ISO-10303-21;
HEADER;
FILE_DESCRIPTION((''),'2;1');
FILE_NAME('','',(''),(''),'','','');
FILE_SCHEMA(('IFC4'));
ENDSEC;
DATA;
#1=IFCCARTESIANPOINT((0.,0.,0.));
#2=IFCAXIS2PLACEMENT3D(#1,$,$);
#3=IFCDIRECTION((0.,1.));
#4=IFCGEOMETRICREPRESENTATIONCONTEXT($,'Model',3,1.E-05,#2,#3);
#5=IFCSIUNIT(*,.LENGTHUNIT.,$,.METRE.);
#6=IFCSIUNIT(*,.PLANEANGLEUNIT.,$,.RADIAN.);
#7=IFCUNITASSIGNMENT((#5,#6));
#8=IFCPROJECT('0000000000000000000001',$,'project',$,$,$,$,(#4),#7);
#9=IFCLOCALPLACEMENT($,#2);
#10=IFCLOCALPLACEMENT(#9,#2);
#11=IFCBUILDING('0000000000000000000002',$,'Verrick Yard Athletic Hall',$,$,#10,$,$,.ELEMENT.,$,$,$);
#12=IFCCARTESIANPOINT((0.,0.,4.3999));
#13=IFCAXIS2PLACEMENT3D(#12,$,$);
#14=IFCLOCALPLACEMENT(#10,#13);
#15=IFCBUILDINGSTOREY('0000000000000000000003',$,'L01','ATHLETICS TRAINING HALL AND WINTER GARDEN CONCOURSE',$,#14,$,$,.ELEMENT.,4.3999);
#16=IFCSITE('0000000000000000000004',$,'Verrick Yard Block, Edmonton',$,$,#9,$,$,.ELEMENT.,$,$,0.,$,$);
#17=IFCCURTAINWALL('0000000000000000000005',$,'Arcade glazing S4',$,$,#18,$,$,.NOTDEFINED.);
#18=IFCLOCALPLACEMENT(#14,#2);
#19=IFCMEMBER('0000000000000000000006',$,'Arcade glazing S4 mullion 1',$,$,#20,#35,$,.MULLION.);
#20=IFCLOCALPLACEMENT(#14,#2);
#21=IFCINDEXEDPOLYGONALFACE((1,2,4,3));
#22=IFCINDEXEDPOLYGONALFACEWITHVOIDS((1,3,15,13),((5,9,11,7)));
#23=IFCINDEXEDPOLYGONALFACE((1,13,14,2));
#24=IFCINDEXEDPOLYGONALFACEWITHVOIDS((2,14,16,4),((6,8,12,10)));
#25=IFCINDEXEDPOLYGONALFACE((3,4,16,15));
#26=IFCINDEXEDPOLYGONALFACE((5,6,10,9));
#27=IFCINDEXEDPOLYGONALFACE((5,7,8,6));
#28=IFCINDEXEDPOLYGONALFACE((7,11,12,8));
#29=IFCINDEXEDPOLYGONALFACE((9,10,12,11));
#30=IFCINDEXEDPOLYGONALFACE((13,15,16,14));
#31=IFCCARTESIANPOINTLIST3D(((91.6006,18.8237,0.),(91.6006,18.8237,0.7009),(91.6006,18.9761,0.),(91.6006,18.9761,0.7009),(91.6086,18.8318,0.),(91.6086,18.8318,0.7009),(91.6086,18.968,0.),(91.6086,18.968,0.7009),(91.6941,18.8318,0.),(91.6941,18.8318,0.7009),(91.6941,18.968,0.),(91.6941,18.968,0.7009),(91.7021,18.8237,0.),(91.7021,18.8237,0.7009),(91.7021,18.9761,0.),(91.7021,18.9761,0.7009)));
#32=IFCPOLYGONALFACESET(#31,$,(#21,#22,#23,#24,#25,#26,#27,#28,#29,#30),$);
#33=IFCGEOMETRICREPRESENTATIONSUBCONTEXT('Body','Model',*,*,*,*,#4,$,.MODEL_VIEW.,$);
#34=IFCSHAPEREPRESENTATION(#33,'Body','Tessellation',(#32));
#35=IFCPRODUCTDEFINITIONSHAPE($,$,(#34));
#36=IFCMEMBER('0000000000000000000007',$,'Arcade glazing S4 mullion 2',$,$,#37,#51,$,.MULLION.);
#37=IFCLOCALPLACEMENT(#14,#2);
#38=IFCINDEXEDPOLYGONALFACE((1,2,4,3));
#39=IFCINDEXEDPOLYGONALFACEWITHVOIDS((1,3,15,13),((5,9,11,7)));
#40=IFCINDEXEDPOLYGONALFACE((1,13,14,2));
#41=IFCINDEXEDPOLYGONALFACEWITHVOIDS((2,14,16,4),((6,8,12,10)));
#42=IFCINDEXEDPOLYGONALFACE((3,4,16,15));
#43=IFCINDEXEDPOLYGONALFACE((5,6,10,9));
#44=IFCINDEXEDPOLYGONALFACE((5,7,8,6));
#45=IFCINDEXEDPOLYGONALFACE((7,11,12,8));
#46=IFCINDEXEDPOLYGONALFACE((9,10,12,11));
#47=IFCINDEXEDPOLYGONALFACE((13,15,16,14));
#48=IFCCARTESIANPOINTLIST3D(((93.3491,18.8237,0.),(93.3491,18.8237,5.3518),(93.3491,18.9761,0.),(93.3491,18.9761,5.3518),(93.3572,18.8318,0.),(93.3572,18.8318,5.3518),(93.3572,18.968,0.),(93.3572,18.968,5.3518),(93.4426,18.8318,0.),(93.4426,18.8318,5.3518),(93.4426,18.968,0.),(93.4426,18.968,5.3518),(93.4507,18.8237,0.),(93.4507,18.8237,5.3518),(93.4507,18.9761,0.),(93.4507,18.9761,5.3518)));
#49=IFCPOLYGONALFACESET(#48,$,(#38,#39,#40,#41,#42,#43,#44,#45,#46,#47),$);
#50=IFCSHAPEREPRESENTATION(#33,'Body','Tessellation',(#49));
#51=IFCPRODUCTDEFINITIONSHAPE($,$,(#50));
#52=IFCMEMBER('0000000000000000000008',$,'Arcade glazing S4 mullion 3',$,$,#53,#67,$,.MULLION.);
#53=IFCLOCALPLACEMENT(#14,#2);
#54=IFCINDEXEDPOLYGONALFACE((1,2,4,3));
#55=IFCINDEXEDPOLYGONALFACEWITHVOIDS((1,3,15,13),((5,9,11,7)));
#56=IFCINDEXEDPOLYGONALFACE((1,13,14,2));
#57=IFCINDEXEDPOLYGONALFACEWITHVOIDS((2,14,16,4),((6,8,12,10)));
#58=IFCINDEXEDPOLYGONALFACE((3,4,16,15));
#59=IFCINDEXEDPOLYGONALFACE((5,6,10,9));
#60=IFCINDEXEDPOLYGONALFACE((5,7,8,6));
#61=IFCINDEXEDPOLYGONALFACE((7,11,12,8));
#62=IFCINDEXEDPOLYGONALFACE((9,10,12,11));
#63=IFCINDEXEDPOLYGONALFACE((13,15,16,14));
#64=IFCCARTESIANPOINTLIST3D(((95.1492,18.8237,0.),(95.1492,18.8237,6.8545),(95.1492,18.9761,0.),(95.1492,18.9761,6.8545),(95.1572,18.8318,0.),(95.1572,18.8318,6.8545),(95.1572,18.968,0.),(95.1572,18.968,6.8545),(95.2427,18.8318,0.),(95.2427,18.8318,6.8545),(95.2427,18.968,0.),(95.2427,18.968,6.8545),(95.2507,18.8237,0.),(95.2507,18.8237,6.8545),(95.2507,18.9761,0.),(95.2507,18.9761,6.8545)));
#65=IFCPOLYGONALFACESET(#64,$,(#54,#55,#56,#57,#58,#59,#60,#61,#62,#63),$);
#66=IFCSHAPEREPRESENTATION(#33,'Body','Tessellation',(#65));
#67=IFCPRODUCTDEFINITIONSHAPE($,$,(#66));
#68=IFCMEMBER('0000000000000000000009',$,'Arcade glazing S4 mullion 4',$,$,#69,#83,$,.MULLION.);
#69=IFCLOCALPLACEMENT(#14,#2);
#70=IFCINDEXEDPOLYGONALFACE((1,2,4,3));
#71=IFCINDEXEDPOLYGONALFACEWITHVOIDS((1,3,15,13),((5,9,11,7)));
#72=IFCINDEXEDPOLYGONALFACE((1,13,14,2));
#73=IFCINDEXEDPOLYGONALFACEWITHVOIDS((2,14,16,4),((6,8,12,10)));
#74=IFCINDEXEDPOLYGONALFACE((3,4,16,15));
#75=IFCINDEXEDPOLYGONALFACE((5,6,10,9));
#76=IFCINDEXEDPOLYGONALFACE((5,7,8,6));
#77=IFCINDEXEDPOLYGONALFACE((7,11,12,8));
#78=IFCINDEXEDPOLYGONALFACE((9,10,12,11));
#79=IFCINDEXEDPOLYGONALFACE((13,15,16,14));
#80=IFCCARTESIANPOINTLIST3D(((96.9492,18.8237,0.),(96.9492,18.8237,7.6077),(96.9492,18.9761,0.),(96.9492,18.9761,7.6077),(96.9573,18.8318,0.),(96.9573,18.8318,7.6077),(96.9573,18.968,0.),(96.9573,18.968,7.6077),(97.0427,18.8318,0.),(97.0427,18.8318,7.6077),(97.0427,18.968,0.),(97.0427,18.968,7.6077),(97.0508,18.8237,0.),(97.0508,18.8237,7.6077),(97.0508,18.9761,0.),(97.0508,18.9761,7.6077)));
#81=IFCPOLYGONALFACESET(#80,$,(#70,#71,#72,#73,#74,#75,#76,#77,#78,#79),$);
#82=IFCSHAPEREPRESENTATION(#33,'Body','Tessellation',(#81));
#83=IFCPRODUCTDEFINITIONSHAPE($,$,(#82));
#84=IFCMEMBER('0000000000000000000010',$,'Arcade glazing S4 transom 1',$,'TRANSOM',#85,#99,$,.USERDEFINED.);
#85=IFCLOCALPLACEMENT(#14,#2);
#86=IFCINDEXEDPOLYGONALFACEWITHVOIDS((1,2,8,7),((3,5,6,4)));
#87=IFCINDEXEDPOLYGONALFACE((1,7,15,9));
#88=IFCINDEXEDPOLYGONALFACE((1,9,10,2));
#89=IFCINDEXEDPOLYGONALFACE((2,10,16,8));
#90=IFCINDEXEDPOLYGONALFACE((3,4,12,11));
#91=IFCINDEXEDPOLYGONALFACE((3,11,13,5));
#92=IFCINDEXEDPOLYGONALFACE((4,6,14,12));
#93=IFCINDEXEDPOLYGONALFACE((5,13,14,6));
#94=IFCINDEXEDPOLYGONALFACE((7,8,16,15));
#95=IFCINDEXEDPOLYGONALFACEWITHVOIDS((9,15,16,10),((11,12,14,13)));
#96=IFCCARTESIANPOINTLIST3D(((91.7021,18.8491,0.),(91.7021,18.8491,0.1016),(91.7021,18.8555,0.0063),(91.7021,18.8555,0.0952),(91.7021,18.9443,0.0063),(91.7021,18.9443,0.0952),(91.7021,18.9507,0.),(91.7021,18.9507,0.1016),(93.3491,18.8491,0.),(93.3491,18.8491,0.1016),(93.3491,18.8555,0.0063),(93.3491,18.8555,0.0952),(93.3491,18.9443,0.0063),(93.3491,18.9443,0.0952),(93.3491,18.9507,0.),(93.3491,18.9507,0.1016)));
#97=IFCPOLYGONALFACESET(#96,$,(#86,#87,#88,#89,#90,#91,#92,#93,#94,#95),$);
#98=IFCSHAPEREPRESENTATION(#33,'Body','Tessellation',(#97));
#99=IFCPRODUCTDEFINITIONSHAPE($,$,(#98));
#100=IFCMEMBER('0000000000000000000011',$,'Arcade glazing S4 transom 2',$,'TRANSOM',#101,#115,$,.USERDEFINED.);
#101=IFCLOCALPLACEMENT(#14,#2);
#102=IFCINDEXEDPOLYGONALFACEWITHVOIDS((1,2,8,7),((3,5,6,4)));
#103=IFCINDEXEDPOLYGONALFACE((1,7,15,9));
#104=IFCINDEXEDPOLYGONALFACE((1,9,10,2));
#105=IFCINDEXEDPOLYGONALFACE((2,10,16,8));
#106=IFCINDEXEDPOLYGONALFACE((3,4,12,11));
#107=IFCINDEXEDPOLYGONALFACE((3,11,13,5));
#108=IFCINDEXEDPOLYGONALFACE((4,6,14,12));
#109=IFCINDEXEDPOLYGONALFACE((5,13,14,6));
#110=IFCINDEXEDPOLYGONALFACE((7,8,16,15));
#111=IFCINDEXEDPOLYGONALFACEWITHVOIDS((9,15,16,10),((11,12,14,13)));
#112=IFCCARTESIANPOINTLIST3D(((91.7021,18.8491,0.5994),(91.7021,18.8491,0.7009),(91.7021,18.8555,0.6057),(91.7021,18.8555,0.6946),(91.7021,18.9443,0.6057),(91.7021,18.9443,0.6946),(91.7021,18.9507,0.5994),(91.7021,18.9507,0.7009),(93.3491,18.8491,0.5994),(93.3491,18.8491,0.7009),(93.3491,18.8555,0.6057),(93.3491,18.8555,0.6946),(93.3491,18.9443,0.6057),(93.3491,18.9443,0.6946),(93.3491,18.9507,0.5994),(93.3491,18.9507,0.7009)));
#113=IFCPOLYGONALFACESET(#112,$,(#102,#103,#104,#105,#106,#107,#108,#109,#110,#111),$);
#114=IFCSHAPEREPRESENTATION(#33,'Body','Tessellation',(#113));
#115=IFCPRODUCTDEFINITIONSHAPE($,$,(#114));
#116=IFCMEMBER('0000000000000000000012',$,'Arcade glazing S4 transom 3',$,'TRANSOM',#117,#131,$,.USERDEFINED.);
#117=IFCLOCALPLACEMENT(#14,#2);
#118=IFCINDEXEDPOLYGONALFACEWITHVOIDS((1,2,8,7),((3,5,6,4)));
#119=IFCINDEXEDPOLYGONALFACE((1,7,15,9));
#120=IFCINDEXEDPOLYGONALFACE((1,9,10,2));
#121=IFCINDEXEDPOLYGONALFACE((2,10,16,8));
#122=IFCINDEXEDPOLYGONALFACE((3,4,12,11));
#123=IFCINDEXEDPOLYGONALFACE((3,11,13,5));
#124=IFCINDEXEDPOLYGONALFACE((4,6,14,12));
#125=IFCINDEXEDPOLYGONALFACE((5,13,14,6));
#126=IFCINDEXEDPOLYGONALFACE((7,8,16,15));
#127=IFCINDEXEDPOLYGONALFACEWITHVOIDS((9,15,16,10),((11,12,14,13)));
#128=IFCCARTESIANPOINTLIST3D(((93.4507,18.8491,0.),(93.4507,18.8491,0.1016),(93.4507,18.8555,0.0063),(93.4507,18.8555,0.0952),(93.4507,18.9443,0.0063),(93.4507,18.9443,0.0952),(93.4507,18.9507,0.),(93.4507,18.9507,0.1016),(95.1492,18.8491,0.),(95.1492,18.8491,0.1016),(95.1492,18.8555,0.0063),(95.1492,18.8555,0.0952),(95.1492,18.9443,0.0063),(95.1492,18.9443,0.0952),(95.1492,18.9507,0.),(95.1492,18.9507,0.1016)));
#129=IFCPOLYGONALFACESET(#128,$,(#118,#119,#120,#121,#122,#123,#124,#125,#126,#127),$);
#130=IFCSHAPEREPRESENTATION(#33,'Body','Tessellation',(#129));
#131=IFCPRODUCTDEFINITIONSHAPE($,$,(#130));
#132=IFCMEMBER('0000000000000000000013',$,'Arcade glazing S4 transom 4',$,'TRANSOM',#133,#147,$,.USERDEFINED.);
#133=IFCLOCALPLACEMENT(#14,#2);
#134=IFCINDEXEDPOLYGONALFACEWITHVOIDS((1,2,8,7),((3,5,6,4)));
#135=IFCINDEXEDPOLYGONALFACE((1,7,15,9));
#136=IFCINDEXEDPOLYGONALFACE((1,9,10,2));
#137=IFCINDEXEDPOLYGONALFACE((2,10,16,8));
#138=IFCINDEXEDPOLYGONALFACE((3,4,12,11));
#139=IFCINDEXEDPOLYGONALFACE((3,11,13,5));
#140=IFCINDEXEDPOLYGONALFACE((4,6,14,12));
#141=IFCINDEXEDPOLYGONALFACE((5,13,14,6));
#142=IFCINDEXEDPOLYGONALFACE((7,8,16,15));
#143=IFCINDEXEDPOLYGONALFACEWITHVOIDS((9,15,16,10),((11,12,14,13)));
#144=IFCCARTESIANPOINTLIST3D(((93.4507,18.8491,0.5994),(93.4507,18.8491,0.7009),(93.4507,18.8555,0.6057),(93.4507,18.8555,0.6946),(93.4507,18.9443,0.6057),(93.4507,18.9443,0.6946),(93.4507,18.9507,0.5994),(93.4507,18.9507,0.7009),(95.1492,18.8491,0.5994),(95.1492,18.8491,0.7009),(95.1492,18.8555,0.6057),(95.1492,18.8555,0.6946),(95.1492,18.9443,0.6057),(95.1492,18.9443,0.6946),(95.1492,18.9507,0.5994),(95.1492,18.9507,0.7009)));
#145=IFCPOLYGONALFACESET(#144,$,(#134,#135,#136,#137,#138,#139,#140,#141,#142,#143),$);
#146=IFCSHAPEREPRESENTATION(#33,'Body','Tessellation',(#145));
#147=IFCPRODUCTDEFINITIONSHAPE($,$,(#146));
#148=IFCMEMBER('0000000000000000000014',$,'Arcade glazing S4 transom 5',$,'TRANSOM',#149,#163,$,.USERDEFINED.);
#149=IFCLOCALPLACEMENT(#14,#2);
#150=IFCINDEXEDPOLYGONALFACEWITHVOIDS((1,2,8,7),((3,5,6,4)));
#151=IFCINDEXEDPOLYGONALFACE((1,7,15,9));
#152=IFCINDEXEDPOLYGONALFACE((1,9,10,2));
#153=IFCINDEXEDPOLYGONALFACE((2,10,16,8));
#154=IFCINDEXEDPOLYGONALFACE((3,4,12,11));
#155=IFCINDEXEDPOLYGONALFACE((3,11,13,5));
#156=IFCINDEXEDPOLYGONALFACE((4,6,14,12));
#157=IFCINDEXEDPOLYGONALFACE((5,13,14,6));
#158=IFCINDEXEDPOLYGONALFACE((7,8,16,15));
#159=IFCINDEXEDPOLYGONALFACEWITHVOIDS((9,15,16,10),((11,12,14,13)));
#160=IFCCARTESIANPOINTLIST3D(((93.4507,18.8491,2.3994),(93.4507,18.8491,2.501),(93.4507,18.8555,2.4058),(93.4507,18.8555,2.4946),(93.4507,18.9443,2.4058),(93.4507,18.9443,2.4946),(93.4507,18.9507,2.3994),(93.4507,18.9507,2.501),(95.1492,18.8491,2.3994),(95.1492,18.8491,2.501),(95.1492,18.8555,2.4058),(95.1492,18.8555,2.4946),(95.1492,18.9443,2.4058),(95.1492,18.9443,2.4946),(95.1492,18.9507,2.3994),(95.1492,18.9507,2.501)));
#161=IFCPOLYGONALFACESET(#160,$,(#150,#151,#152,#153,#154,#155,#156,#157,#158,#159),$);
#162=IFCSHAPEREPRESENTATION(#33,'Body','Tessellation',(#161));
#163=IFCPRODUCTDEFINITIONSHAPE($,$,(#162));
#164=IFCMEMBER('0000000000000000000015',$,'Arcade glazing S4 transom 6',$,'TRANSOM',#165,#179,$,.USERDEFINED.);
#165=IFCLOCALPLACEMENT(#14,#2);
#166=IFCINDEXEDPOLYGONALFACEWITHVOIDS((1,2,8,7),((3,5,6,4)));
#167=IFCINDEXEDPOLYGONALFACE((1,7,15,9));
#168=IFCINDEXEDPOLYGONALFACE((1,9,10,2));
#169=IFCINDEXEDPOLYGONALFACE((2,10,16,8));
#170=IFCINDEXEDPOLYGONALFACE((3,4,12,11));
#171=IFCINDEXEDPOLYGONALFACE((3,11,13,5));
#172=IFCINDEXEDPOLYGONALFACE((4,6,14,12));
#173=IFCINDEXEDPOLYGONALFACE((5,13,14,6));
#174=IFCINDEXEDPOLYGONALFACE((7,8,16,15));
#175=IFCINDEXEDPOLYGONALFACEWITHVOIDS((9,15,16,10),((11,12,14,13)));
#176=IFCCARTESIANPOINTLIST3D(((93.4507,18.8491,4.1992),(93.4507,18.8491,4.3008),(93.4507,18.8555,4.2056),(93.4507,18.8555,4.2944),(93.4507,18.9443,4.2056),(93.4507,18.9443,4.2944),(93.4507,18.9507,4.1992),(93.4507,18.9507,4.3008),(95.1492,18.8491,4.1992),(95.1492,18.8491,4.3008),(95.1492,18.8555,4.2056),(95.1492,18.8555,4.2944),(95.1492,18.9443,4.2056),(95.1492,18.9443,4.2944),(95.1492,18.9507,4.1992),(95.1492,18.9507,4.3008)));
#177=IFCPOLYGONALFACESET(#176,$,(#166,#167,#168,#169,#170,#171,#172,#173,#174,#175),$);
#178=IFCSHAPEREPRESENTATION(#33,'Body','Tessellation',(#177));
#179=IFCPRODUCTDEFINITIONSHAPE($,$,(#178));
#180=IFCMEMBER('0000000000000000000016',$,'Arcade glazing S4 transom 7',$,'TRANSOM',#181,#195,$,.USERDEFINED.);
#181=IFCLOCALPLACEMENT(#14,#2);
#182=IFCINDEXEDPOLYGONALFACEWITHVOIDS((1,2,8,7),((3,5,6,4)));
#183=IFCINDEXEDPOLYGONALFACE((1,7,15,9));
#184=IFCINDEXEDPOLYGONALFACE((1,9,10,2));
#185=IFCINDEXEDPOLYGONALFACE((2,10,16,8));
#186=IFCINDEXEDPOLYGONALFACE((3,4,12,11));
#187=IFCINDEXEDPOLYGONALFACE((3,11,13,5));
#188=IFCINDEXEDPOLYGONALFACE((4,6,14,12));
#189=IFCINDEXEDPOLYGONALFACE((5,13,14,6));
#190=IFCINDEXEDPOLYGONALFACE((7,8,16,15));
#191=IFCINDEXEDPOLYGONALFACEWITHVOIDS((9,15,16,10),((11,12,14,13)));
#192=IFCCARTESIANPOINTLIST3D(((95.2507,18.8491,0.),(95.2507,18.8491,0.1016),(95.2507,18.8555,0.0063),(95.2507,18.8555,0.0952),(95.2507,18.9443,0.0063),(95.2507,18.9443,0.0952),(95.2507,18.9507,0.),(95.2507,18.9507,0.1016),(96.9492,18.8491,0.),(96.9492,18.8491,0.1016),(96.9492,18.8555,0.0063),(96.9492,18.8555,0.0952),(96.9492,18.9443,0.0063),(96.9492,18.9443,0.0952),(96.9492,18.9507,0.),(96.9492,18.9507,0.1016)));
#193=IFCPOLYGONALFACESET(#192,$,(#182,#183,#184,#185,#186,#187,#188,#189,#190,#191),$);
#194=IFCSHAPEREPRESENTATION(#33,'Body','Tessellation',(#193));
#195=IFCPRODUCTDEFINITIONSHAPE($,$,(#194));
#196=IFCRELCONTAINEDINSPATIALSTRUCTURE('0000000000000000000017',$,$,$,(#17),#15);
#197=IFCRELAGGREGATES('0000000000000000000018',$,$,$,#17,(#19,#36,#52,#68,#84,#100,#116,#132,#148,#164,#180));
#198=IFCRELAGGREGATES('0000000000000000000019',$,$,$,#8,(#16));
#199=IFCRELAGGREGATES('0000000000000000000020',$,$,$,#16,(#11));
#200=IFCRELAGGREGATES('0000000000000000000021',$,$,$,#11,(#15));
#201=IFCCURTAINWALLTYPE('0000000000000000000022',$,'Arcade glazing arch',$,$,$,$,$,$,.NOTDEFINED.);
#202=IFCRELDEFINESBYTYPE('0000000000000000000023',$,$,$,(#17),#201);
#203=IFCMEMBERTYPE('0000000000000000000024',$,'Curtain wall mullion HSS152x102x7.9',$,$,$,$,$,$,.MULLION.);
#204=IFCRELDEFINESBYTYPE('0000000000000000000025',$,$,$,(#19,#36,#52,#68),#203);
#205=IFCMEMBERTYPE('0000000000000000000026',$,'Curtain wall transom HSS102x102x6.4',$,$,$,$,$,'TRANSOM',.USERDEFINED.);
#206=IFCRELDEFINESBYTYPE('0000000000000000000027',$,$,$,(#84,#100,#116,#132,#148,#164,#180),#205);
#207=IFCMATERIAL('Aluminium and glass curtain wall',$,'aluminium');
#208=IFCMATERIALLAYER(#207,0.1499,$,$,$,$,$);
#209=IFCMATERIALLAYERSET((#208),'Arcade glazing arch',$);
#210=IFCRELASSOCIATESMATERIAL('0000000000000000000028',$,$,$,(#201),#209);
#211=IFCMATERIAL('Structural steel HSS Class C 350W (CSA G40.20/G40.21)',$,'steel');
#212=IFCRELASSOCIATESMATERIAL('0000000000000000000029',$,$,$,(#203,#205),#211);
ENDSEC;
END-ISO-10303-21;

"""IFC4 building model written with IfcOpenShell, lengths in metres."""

from ifc_helpers import new_model, si_unit, direction, frame, origin, origin_2d, place, context, subcontext, project, spatial, hollow_rectangle, extrude, material, layer, layer_set, material_profile, profile_set, type_object, element, aggregate, save


model = new_model("IFC4")

# Units and contexts
model_context = context("Model", 3, precision=1e-05, world=origin(), true_north=direction((0.0, 1.0)))
body_context = subcontext(model_context, "Body", "Model", "MODEL_VIEW")
ifc_project = project(units=[si_unit("LENGTHUNIT", "METRE"), si_unit("PLANEANGLEUNIT", "RADIAN")], contexts=[model_context])

# Site, building, storey
site_placement = place(None, origin())
site = spatial("IfcSite", under=ifc_project, at=site_placement, Name="Verrick Yard Block, Edmonton", CompositionType="ELEMENT", RefElevation=0.0)
building_placement = place(site_placement, origin())
building = spatial("IfcBuilding", under=site, at=building_placement, Name="Verrick Yard Athletic Hall", CompositionType="ELEMENT")
storey_placement = place(building_placement, frame((0.0, 0.0, 4.3999)))
storey = spatial("IfcBuildingStorey", under=building, at=storey_placement, Name="L01", Description="ATHLETICS TRAINING HALL AND WINTER GARDEN CONCOURSE", CompositionType="ELEMENT", Elevation=4.3999)

# Curtain wall, members
ifc_material_1 = material(Name="Aluminium and glass curtain wall", Category="aluminium")
ifc_layer_1 = layer(ifc_material_1, 0.1499)
ifc_layer_set_1 = layer_set([ifc_layer_1], Name="Arcade glazing arch")
curtain_wall_type = type_object("IfcCurtainWallType", Name="Arcade glazing arch", PredefinedType="NOTDEFINED", material=ifc_layer_set_1)
curtain_wall_placement = place(storey_placement, origin())
curtain_wall = element("IfcCurtainWall", 1, at=curtain_wall_placement, inside=storey, type_object=curtain_wall_type, Name="Arcade glazing S4", PredefinedType="NOTDEFINED")
ifc_material_2 = material(Name="Structural steel HSS Class C 350W (CSA G40.20/G40.21)", Category="steel")
ifc_material_profile_1 = material_profile(ifc_material_2, hollow_rectangle(XDim=0.1016, YDim=0.1523, WallThickness=0.0081, at=origin_2d()), Name="HSS152x102x7.9")
ifc_profile_set_1 = profile_set([ifc_material_profile_1], Name="Structural steel HSS Class C 350W (CSA G40.20/G40.21)")
member_type_1 = type_object("IfcMemberType", Name="Curtain wall mullion HSS152x102x7.9", PredefinedType="MULLION", material=ifc_profile_set_1)
member_1_placement = place(storey_placement, frame((91.6514, 18.8999, 0.0), z_axis=(0.0, 0.0, 1.0), x_axis=(1.0, 0.0, 0.0)))
member_1 = element("IfcMember", 2, at=member_1_placement, type_object=member_type_1, Name="Arcade glazing S4 mullion 1", PredefinedType="MULLION", context=body_context, shape_type="SweptSolid", body=[
    extrude(hollow_rectangle(XDim=0.1016, YDim=0.1523, WallThickness=0.0081, at=origin_2d()), origin(), (0.0, 0.0, 1.0), 0.7009),
])
member_2_placement = place(storey_placement, frame((93.3999, 18.8999, 0.0), z_axis=(0.0, 0.0, 1.0), x_axis=(1.0, 0.0, 0.0)))
member_2 = element("IfcMember", 3, at=member_2_placement, type_object=member_type_1, Name="Arcade glazing S4 mullion 2", PredefinedType="MULLION", context=body_context, shape_type="SweptSolid", body=[
    extrude(hollow_rectangle(XDim=0.1016, YDim=0.1523, WallThickness=0.0081, at=origin_2d()), origin(), (0.0, 0.0, 1.0), 5.3518),
])
member_3_placement = place(storey_placement, frame((95.2, 18.8999, 0.0), z_axis=(0.0, 0.0, 1.0), x_axis=(1.0, 0.0, 0.0)))
member_3 = element("IfcMember", 4, at=member_3_placement, type_object=member_type_1, Name="Arcade glazing S4 mullion 3", PredefinedType="MULLION", context=body_context, shape_type="SweptSolid", body=[
    extrude(hollow_rectangle(XDim=0.1016, YDim=0.1523, WallThickness=0.0081, at=origin_2d()), origin(), (0.0, 0.0, 1.0), 6.8545),
])
member_4_placement = place(storey_placement, frame((97.0, 18.8999, 0.0), z_axis=(0.0, 0.0, 1.0), x_axis=(1.0, 0.0, 0.0)))
member_4 = element("IfcMember", 5, at=member_4_placement, type_object=member_type_1, Name="Arcade glazing S4 mullion 4", PredefinedType="MULLION", context=body_context, shape_type="SweptSolid", body=[
    extrude(hollow_rectangle(XDim=0.1016, YDim=0.1523, WallThickness=0.0081, at=origin_2d()), origin(), (0.0, 0.0, 1.0), 7.6077),
])
ifc_material_profile_2 = material_profile(ifc_material_2, hollow_rectangle(XDim=0.1016, YDim=0.1016, WallThickness=0.0063, at=origin_2d()), Name="HSS102x102x6.4")
ifc_profile_set_2 = profile_set([ifc_material_profile_2], Name="Structural steel HSS Class C 350W (CSA G40.20/G40.21)")
member_type_2 = type_object("IfcMemberType", Name="Curtain wall transom HSS102x102x6.4", ElementType="TRANSOM", PredefinedType="USERDEFINED", material=ifc_profile_set_2)
member_5_placement = place(storey_placement, frame((91.7021, 18.8999, 0.0508), z_axis=(1.0, 0.0, 0.0), x_axis=(0.0, 1.0, 0.0)))
member_5 = element("IfcMember", 6, at=member_5_placement, type_object=member_type_2, Name="Arcade glazing S4 transom 1", ObjectType="TRANSOM", PredefinedType="USERDEFINED", context=body_context, shape_type="SweptSolid", body=[
    extrude(hollow_rectangle(XDim=0.1016, YDim=0.1016, WallThickness=0.0063, at=origin_2d()), origin(), (0.0, 0.0, 1.0), 1.647),
])
member_6_placement = place(storey_placement, frame((91.7021, 18.8999, 0.6501), z_axis=(1.0, 0.0, 0.0), x_axis=(0.0, 1.0, 0.0)))
member_6 = element("IfcMember", 7, at=member_6_placement, type_object=member_type_2, Name="Arcade glazing S4 transom 2", ObjectType="TRANSOM", PredefinedType="USERDEFINED", context=body_context, shape_type="SweptSolid", body=[
    extrude(hollow_rectangle(XDim=0.1016, YDim=0.1016, WallThickness=0.0063, at=origin_2d()), origin(), (0.0, 0.0, 1.0), 1.647),
])
member_7_placement = place(storey_placement, frame((93.4507, 18.8999, 0.0508), z_axis=(1.0, 0.0, 0.0), x_axis=(0.0, 1.0, 0.0)))
member_7 = element("IfcMember", 8, at=member_7_placement, type_object=member_type_2, Name="Arcade glazing S4 transom 3", ObjectType="TRANSOM", PredefinedType="USERDEFINED", context=body_context, shape_type="SweptSolid", body=[
    extrude(hollow_rectangle(XDim=0.1016, YDim=0.1016, WallThickness=0.0063, at=origin_2d()), origin(), (0.0, 0.0, 1.0), 1.6985),
])
member_8_placement = place(storey_placement, frame((93.4507, 18.8999, 0.6501), z_axis=(1.0, 0.0, 0.0), x_axis=(0.0, 1.0, 0.0)))
member_8 = element("IfcMember", 9, at=member_8_placement, type_object=member_type_2, Name="Arcade glazing S4 transom 4", ObjectType="TRANSOM", PredefinedType="USERDEFINED", context=body_context, shape_type="SweptSolid", body=[
    extrude(hollow_rectangle(XDim=0.1016, YDim=0.1016, WallThickness=0.0063, at=origin_2d()), origin(), (0.0, 0.0, 1.0), 1.6985),
])
member_9_placement = place(storey_placement, frame((93.4507, 18.8999, 2.4502), z_axis=(1.0, 0.0, 0.0), x_axis=(0.0, 1.0, 0.0)))
member_9 = element("IfcMember", 10, at=member_9_placement, type_object=member_type_2, Name="Arcade glazing S4 transom 5", ObjectType="TRANSOM", PredefinedType="USERDEFINED", context=body_context, shape_type="SweptSolid", body=[
    extrude(hollow_rectangle(XDim=0.1016, YDim=0.1016, WallThickness=0.0063, at=origin_2d()), origin(), (0.0, 0.0, 1.0), 1.6985),
])
member_10_placement = place(storey_placement, frame((93.4507, 18.8999, 4.25), z_axis=(1.0, 0.0, 0.0), x_axis=(0.0, 1.0, 0.0)))
member_10 = element("IfcMember", 11, at=member_10_placement, type_object=member_type_2, Name="Arcade glazing S4 transom 6", ObjectType="TRANSOM", PredefinedType="USERDEFINED", context=body_context, shape_type="SweptSolid", body=[
    extrude(hollow_rectangle(XDim=0.1016, YDim=0.1016, WallThickness=0.0063, at=origin_2d()), origin(), (0.0, 0.0, 1.0), 1.6985),
])
member_11_placement = place(storey_placement, frame((95.2507, 18.8999, 0.0508), z_axis=(1.0, 0.0, 0.0), x_axis=(0.0, 1.0, 0.0)))
member_11 = element("IfcMember", 12, at=member_11_placement, type_object=member_type_2, Name="Arcade glazing S4 transom 7", ObjectType="TRANSOM", PredefinedType="USERDEFINED", context=body_context, shape_type="SweptSolid", body=[
    extrude(hollow_rectangle(XDim=0.1016, YDim=0.1016, WallThickness=0.0063, at=origin_2d()), origin(), (0.0, 0.0, 1.0), 1.6985),
])
aggregate(curtain_wall, [member_1, member_2, member_3, member_4, member_5, member_6, member_7, member_8, member_9, member_10, member_11])

save(model, "model.ifc")
